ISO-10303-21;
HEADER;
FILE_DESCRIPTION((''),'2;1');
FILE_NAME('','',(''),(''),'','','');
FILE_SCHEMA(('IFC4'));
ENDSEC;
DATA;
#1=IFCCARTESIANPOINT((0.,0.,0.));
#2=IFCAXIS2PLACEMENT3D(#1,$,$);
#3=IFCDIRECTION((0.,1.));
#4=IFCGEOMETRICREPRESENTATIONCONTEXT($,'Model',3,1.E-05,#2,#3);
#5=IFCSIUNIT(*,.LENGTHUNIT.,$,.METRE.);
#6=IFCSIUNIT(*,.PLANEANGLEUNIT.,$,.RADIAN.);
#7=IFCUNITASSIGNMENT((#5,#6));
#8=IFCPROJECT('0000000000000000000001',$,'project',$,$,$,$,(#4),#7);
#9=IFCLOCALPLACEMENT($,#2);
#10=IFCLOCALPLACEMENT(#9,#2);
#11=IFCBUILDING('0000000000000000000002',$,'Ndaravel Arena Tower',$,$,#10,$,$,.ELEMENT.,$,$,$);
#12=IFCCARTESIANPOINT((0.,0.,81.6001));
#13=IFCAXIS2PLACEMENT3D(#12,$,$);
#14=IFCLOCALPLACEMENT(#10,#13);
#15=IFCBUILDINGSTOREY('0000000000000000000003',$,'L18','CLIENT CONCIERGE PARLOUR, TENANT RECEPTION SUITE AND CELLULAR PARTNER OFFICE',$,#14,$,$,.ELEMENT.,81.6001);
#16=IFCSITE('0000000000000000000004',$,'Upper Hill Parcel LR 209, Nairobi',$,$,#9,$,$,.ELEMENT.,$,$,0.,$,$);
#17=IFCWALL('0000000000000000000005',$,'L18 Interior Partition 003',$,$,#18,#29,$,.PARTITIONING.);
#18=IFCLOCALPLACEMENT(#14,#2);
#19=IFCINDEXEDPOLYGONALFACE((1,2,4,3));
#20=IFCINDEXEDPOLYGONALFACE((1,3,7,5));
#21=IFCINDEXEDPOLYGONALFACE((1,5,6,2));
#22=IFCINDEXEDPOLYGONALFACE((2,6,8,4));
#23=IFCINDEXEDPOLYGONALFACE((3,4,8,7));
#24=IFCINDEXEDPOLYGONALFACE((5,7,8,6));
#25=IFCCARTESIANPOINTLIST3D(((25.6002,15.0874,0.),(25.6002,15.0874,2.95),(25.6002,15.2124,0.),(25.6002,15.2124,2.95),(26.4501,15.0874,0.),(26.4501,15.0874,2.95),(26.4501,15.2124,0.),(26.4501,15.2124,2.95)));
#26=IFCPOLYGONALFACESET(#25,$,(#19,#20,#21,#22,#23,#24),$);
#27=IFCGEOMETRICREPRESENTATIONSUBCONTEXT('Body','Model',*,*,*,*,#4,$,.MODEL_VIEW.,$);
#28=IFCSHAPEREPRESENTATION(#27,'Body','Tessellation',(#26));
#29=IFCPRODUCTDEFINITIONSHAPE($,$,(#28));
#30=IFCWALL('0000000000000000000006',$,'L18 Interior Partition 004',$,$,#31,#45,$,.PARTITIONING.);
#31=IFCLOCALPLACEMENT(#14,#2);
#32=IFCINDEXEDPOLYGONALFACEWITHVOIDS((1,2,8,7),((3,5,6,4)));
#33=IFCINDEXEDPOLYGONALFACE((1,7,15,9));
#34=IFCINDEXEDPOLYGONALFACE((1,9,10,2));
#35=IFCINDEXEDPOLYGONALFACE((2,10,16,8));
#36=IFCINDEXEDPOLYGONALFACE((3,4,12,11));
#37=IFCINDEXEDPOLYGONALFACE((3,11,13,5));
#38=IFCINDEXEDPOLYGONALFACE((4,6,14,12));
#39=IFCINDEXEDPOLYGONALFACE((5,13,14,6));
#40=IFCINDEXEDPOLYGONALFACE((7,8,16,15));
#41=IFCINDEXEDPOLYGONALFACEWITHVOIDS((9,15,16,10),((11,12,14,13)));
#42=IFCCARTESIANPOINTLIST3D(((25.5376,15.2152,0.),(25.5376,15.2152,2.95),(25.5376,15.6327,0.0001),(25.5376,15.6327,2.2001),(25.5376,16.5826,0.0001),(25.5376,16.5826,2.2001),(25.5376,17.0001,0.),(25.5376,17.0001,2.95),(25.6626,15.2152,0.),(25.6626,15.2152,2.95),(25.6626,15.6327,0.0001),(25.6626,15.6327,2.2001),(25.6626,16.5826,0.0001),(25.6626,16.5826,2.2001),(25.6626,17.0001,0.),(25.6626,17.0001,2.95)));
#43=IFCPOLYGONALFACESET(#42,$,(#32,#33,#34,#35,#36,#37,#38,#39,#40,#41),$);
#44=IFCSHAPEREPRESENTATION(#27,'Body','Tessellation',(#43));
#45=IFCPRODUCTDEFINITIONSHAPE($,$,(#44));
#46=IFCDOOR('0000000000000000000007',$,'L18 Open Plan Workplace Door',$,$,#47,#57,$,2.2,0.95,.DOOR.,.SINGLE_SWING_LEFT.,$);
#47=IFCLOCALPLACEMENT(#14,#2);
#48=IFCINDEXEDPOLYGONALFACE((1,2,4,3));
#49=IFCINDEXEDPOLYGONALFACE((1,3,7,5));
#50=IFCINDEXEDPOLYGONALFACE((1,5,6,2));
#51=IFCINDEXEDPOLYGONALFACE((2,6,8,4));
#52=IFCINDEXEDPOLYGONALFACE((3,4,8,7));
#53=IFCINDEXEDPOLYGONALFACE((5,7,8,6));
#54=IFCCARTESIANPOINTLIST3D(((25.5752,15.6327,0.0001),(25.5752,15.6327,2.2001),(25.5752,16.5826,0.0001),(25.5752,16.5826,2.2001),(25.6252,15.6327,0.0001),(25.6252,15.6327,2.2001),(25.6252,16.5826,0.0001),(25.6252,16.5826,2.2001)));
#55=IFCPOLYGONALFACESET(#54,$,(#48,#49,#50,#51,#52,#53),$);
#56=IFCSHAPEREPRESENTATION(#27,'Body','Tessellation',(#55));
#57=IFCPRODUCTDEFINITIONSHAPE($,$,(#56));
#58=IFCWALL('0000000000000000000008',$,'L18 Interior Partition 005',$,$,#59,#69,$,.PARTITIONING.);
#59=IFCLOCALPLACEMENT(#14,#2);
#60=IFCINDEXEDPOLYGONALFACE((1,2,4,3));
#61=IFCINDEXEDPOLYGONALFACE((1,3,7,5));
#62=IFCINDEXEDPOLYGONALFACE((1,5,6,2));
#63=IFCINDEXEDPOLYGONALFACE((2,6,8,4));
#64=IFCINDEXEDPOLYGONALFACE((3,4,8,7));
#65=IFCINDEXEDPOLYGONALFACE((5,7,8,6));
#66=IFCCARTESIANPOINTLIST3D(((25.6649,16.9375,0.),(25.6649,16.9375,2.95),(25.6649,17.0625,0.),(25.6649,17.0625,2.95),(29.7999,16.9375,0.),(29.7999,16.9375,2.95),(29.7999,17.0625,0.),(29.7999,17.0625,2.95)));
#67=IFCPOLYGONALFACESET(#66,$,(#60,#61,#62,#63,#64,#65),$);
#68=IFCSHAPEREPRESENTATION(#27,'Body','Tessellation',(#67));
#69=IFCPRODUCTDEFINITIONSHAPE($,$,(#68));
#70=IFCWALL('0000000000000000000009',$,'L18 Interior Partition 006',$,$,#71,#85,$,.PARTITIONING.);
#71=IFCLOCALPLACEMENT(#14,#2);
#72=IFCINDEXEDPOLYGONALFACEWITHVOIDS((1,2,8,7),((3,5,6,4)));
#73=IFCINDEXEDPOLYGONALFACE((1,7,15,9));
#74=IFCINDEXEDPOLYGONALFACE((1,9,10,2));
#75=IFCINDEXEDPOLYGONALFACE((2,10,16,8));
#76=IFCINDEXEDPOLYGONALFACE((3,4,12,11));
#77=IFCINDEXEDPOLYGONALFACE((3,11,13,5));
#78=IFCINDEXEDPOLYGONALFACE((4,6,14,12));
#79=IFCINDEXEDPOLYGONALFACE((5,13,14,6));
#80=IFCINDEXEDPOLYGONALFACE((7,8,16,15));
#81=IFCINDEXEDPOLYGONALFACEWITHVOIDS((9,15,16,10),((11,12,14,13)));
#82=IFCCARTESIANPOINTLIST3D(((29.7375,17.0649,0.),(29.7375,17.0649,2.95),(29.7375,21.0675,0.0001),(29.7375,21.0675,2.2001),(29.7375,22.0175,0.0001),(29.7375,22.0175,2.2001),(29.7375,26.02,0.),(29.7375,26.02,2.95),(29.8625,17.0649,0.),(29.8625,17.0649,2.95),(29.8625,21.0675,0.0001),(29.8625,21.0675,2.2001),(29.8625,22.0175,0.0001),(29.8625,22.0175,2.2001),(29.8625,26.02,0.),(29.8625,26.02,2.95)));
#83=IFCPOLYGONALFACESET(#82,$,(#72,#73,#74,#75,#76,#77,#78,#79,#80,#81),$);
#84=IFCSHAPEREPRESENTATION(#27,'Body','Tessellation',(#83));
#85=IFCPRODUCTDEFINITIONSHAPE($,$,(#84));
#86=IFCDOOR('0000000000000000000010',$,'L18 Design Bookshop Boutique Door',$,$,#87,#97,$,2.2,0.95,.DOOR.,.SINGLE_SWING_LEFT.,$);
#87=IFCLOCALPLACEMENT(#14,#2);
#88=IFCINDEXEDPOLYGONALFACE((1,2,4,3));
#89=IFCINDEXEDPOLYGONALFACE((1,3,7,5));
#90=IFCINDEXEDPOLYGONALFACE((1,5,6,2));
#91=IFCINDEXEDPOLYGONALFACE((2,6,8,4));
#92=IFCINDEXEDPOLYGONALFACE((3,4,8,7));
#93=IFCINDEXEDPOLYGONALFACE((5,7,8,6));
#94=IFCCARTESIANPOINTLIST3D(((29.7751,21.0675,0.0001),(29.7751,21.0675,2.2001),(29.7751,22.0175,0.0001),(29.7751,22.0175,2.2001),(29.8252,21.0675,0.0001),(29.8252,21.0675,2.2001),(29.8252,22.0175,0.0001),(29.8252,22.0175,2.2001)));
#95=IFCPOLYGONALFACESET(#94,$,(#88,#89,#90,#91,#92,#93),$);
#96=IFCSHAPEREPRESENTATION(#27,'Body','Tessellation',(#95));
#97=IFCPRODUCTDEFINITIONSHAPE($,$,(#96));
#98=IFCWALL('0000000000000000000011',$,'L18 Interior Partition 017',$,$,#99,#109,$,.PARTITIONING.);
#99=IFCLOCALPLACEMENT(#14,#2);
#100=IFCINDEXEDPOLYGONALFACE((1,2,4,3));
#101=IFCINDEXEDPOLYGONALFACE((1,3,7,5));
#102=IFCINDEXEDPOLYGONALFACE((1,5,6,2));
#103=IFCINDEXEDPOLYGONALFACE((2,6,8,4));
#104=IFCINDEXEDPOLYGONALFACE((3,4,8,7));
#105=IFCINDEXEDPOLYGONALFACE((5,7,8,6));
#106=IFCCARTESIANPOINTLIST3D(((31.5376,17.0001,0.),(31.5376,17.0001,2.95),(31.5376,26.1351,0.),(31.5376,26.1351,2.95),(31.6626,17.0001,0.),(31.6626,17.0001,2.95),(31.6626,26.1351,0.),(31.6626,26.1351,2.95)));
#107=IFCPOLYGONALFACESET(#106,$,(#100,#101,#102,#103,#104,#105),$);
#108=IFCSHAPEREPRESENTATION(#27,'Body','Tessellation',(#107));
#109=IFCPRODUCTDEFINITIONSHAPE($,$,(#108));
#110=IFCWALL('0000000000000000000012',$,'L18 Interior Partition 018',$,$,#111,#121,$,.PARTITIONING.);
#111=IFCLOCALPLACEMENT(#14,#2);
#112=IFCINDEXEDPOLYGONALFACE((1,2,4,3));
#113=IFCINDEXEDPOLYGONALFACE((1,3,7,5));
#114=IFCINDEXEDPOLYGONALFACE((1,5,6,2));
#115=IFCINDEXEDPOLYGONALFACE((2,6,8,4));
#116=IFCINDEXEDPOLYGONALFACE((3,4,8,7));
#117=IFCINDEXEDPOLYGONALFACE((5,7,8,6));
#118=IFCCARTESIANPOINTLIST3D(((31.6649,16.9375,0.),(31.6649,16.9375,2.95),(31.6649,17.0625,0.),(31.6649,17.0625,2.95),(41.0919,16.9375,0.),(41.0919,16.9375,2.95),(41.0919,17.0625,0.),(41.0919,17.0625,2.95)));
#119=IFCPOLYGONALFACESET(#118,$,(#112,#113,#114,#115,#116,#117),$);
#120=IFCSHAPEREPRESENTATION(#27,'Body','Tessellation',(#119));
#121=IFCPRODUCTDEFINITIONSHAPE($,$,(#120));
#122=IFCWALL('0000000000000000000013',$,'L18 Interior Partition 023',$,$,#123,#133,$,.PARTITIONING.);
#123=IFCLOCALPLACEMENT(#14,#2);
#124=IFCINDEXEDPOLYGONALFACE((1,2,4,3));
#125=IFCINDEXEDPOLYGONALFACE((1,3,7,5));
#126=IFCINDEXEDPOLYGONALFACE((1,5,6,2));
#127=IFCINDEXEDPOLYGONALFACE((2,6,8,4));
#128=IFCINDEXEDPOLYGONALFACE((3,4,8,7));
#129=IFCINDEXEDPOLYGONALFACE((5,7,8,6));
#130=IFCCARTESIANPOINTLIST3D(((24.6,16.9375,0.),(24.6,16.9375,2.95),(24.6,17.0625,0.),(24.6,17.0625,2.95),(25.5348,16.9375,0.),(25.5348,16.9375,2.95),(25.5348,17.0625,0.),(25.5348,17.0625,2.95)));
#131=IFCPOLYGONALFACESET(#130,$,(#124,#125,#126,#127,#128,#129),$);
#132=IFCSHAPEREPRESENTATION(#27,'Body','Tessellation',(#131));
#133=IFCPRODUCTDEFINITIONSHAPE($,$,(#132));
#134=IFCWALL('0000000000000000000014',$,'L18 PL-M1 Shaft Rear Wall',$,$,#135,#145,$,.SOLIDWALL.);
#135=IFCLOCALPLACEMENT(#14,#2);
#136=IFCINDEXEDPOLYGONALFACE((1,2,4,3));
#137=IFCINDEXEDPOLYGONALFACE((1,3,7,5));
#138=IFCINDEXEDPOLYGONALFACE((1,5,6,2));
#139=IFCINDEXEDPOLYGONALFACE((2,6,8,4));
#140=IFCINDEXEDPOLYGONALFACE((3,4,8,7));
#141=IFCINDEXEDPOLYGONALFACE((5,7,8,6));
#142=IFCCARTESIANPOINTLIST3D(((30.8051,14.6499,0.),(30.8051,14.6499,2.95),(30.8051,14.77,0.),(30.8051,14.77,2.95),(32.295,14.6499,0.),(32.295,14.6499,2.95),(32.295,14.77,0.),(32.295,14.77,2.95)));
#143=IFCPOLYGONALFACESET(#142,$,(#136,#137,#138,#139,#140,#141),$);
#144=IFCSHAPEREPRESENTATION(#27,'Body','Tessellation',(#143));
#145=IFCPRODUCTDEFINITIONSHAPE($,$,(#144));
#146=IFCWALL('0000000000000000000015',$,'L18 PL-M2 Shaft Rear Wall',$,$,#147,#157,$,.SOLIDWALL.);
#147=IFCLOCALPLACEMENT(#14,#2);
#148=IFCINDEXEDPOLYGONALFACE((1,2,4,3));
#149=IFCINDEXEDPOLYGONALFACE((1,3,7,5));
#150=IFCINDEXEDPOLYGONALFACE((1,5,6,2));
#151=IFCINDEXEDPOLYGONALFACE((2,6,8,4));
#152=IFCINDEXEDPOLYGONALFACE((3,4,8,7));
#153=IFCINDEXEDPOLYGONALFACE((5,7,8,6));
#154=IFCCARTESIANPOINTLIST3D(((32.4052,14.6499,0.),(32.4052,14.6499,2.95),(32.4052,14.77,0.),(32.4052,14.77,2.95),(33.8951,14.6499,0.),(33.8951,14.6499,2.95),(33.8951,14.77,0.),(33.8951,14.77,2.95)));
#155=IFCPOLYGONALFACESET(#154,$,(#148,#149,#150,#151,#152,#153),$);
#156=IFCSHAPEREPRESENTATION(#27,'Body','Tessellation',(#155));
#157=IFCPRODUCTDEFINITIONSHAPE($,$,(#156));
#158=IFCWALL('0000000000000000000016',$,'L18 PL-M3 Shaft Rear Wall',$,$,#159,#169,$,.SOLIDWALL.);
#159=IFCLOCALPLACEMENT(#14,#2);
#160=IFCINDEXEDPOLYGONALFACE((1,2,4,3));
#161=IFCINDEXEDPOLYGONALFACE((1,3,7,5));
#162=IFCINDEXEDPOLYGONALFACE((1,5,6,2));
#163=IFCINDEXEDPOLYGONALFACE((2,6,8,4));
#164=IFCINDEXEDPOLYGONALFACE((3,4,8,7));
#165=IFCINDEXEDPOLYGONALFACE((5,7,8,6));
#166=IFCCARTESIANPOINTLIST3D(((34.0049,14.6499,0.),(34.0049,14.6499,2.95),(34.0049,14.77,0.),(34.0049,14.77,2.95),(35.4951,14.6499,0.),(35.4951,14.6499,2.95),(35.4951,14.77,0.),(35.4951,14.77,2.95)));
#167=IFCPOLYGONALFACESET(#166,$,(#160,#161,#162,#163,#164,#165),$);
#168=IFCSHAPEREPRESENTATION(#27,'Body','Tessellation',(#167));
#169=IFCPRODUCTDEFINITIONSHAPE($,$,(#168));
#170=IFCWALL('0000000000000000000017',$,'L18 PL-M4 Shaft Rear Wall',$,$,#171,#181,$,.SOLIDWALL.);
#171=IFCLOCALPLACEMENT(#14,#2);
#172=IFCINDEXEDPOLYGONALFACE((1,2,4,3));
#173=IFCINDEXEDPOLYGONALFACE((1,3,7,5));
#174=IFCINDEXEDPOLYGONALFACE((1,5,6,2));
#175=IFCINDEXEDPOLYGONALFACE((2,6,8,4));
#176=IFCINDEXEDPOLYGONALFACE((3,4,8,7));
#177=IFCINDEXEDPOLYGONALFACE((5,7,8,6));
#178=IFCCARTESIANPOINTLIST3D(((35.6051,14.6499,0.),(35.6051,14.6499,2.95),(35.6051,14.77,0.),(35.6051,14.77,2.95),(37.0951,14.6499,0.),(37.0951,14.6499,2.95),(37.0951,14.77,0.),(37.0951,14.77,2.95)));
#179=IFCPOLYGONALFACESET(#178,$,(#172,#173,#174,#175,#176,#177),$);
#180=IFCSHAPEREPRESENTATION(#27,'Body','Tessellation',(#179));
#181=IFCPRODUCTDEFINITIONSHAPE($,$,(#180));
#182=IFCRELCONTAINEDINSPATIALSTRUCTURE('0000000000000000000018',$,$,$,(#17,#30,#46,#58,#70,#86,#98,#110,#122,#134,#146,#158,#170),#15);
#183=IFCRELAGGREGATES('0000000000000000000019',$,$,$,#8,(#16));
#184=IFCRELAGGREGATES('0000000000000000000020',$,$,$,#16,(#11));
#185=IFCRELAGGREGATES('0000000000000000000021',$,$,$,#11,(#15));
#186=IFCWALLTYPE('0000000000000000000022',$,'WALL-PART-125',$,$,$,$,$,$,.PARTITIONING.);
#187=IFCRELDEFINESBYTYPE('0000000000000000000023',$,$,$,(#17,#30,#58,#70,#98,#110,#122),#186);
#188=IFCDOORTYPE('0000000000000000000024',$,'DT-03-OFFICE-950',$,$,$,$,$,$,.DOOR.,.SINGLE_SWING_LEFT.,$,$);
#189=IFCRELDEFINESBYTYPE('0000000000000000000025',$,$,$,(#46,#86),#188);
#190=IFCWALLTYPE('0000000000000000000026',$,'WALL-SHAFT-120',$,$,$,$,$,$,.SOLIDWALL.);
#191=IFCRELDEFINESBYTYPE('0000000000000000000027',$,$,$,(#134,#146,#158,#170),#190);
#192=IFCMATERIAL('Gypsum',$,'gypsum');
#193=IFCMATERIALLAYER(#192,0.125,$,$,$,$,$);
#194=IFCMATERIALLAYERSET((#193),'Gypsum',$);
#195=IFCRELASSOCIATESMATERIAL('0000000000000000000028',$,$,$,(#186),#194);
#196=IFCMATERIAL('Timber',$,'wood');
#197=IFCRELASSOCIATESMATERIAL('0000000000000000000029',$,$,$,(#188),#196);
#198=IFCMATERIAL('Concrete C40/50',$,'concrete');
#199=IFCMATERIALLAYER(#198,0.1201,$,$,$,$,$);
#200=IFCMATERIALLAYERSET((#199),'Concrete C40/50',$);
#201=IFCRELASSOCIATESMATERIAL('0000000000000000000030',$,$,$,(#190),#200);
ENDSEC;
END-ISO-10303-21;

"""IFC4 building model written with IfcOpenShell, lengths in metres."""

from ifc_helpers import new_model, si_unit, direction, frame, frame_2d, origin, place, context, subcontext, project, spatial, rectangle, extrude, material, layer, layer_set, type_object, element, fill, save


model = new_model("IFC4")

# Units and contexts
model_context = context("Model", 3, precision=1e-05, world=origin(), true_north=direction((0.0, 1.0)))
body_context = subcontext(model_context, "Body", "Model", "MODEL_VIEW")
ifc_project = project(units=[si_unit("LENGTHUNIT", "METRE"), si_unit("PLANEANGLEUNIT", "RADIAN")], contexts=[model_context])

# Site, building, storey
site_placement = place(None, origin())
site = spatial("IfcSite", under=ifc_project, at=site_placement, Name="Upper Hill Parcel LR 209, Nairobi", CompositionType="ELEMENT", RefElevation=0.0)
building_placement = place(site_placement, origin())
building = spatial("IfcBuilding", under=site, at=building_placement, Name="Ndaravel Arena Tower", CompositionType="ELEMENT")
storey_placement = place(building_placement, frame((0.0, 0.0, 81.6001)))
storey = spatial("IfcBuildingStorey", under=building, at=storey_placement, Name="L18", Description="CLIENT CONCIERGE PARLOUR, TENANT RECEPTION SUITE AND CELLULAR PARTNER OFFICE", CompositionType="ELEMENT", Elevation=81.6001)

# Wall
ifc_material_1 = material(Name="Gypsum", Category="gypsum")
ifc_layer_1 = layer(ifc_material_1, 0.125)
ifc_layer_set_1 = layer_set([ifc_layer_1], Name="Gypsum")
wall_type_1 = type_object("IfcWallType", Name="WALL-PART-125", PredefinedType="PARTITIONING", material=ifc_layer_set_1)
wall_1_placement = place(storey_placement, frame((26.45, 15.1499, 0.0), z_axis=(0.0, 0.0, 1.0), x_axis=(-1.0, 0.0, 0.0)))
element("IfcWall", 1, at=wall_1_placement, inside=storey, type_object=wall_type_1, Name="L18 Interior Partition 003", PredefinedType="PARTITIONING", context=body_context, shape_type="SweptSolid", body=[
    extrude(rectangle(XDim=0.8499, YDim=0.125, at=frame_2d((0.4248, 0.0))), origin(), (0.0, 0.0, 1.0), 2.95),
])

# Wall, opening, door
wall_2_placement = place(storey_placement, frame((25.6001, 15.2151, 0.0), z_axis=(0.0, 0.0, 1.0), x_axis=(0.0, 1.0, 0.0)))
wall_2 = element("IfcWall", 2, at=wall_2_placement, inside=storey, type_object=wall_type_1, Name="L18 Interior Partition 004", PredefinedType="PARTITIONING", context=body_context, shape_type="SweptSolid", body=[
    extrude(rectangle(XDim=1.7849, YDim=0.125, at=frame_2d((0.8926, 0.0))), origin(), (0.0, 0.0, 1.0), 2.95),
])
opening_1_placement = place(wall_2_placement, frame((0.4175, 0.0, 0.0)))
opening_1 = element("IfcOpeningElement", 3, at=opening_1_placement, cuts=wall_2, PredefinedType="OPENING", context=body_context, shape_type="SweptSolid", body=[
    extrude(rectangle(XDim=0.95, YDim=2.2, at=frame_2d((0.4751, 1.1001))), frame((0.0, 0.0625, 0.0), z_axis=(0.0, -1.0, 0.0), x_axis=(1.0, 0.0, 0.0)), (0.0, 0.0, 1.0), 0.125),
])
ifc_material_2 = material(Name="Timber", Category="wood")
door_type_1 = type_object("IfcDoorType", Name="DT-03-OFFICE-950", OperationType="SINGLE_SWING_LEFT", PredefinedType="DOOR", material=ifc_material_2)
door_1_placement = place(opening_1_placement, origin())
door_1 = element("IfcDoor", 4, at=door_1_placement, inside=storey, type_object=door_type_1, Name="L18 Open Plan Workplace Door", OperationType="SINGLE_SWING_LEFT", OverallHeight=2.2, OverallWidth=0.95, PredefinedType="DOOR", context=body_context, shape_type="SweptSolid", body=[
    extrude(rectangle(XDim=0.95, YDim=2.2, at=frame_2d((0.4751, 1.1001))), frame((0.0, 0.0249, 0.0), z_axis=(0.0, -1.0, 0.0), x_axis=(1.0, 0.0, 0.0)), (0.0, 0.0, 1.0), 0.05),
])
fill(opening_1, door_1)

# Wall
wall_3_placement = place(storey_placement, frame((25.665, 17.0, 0.0), z_axis=(0.0, 0.0, 1.0), x_axis=(1.0, 0.0, 0.0)))
element("IfcWall", 5, at=wall_3_placement, inside=storey, type_object=wall_type_1, Name="L18 Interior Partition 005", PredefinedType="PARTITIONING", context=body_context, shape_type="SweptSolid", body=[
    extrude(rectangle(XDim=4.135, YDim=0.125, at=frame_2d((2.0674, 0.0))), origin(), (0.0, 0.0, 1.0), 2.95),
])

# Wall, opening, door
wall_4_placement = place(storey_placement, frame((29.8, 17.0649, 0.0), z_axis=(0.0, 0.0, 1.0), x_axis=(0.0, 1.0, 0.0)))
wall_4 = element("IfcWall", 6, at=wall_4_placement, inside=storey, type_object=wall_type_1, Name="L18 Interior Partition 006", PredefinedType="PARTITIONING", context=body_context, shape_type="SweptSolid", body=[
    extrude(rectangle(XDim=8.9551, YDim=0.125, at=frame_2d((4.4775, 0.0))), origin(), (0.0, 0.0, 1.0), 2.95),
])
opening_2_placement = place(wall_4_placement, frame((4.0024, 0.0, 0.0)))
opening_2 = element("IfcOpeningElement", 7, at=opening_2_placement, cuts=wall_4, PredefinedType="OPENING", context=body_context, shape_type="SweptSolid", body=[
    extrude(rectangle(XDim=0.95, YDim=2.2, at=frame_2d((0.4751, 1.1001))), frame((0.0, 0.0625, 0.0), z_axis=(0.0, -1.0, 0.0), x_axis=(1.0, 0.0, 0.0)), (0.0, 0.0, 1.0), 0.125),
])
door_2_placement = place(opening_2_placement, origin())
door_2 = element("IfcDoor", 8, at=door_2_placement, inside=storey, type_object=door_type_1, Name="L18 Design Bookshop Boutique Door", OperationType="SINGLE_SWING_LEFT", OverallHeight=2.2, OverallWidth=0.95, PredefinedType="DOOR", context=body_context, shape_type="SweptSolid", body=[
    extrude(rectangle(XDim=0.95, YDim=2.2, at=frame_2d((0.4751, 1.1001))), frame((0.0, 0.0249, 0.0), z_axis=(0.0, -1.0, 0.0), x_axis=(1.0, 0.0, 0.0)), (0.0, 0.0, 1.0), 0.05),
])
fill(opening_2, door_2)

# Walls
wall_5_placement = place(storey_placement, frame((31.6001, 26.135, 0.0), z_axis=(0.0, 0.0, 1.0), x_axis=(0.0, -1.0, 0.0)))
element("IfcWall", 9, at=wall_5_placement, inside=storey, type_object=wall_type_1, Name="L18 Interior Partition 017", PredefinedType="PARTITIONING", context=body_context, shape_type="SweptSolid", body=[
    extrude(rectangle(XDim=9.135, YDim=0.125, at=frame_2d((4.5674, 0.0))), origin(), (0.0, 0.0, 1.0), 2.95),
])
wall_6_placement = place(storey_placement, frame((31.665, 17.0, 0.0), z_axis=(0.0, 0.0, 1.0), x_axis=(1.0, 0.0, 0.0)))
element("IfcWall", 10, at=wall_6_placement, inside=storey, type_object=wall_type_1, Name="L18 Interior Partition 018", PredefinedType="PARTITIONING", context=body_context, shape_type="SweptSolid", body=[
    extrude(rectangle(XDim=9.427, YDim=0.125, at=frame_2d((4.7134, 0.0))), origin(), (0.0, 0.0, 1.0), 2.95),
])
wall_7_placement = place(storey_placement, frame((24.6001, 17.0, 0.0), z_axis=(0.0, 0.0, 1.0), x_axis=(1.0, 0.0, 0.0)))
element("IfcWall", 11, at=wall_7_placement, inside=storey, type_object=wall_type_1, Name="L18 Interior Partition 023", PredefinedType="PARTITIONING", context=body_context, shape_type="SweptSolid", body=[
    extrude(rectangle(XDim=0.9348, YDim=0.125, at=frame_2d((0.4673, 0.0))), origin(), (0.0, 0.0, 1.0), 2.95),
])
ifc_material_3 = material(Name="Concrete C40/50", Category="concrete")
ifc_layer_2 = layer(ifc_material_3, 0.1201)
ifc_layer_set_2 = layer_set([ifc_layer_2], Name="Concrete C40/50")
wall_type_2 = type_object("IfcWallType", Name="WALL-SHAFT-120", PredefinedType="SOLIDWALL", material=ifc_layer_set_2)
for number, where, z_axis, x_axis, name in (
    (12, (30.8049, 14.71, 0.0), (0.0, 0.0, 1.0), (1.0, 0.0, 0.0), "L18 PL-M1 Shaft Rear Wall"),
    (13, (32.405, 14.71, 0.0), (0.0, 0.0, 1.0), (1.0, 0.0, 0.0), "L18 PL-M2 Shaft Rear Wall"),
):
    element("IfcWall", number, at=place(storey_placement, frame(where, z_axis=z_axis, x_axis=x_axis)), inside=storey, type_object=wall_type_2, Name=name, PredefinedType="SOLIDWALL", context=body_context, shape_type="SweptSolid", body=[
        extrude(rectangle(XDim=1.49, YDim=0.1201, at=frame_2d((0.7451, 0.0))), origin(), (0.0, 0.0, 1.0), 2.95),
    ])
wall_8_placement = place(storey_placement, frame((34.0049, 14.71, 0.0), z_axis=(0.0, 0.0, 1.0), x_axis=(1.0, 0.0, 0.0)))
element("IfcWall", 14, at=wall_8_placement, inside=storey, type_object=wall_type_2, Name="L18 PL-M3 Shaft Rear Wall", PredefinedType="SOLIDWALL", context=body_context, shape_type="SweptSolid", body=[
    extrude(rectangle(XDim=1.4902, YDim=0.1201, at=frame_2d((0.7451, 0.0))), origin(), (0.0, 0.0, 1.0), 2.95),
])
wall_9_placement = place(storey_placement, frame((35.605, 14.71, 0.0), z_axis=(0.0, 0.0, 1.0), x_axis=(1.0, 0.0, 0.0)))
element("IfcWall", 15, at=wall_9_placement, inside=storey, type_object=wall_type_2, Name="L18 PL-M4 Shaft Rear Wall", PredefinedType="SOLIDWALL", context=body_context, shape_type="SweptSolid", body=[
    extrude(rectangle(XDim=1.49, YDim=0.1201, at=frame_2d((0.7451, 0.0))), origin(), (0.0, 0.0, 1.0), 2.95),
])

save(model, "model.ifc")
